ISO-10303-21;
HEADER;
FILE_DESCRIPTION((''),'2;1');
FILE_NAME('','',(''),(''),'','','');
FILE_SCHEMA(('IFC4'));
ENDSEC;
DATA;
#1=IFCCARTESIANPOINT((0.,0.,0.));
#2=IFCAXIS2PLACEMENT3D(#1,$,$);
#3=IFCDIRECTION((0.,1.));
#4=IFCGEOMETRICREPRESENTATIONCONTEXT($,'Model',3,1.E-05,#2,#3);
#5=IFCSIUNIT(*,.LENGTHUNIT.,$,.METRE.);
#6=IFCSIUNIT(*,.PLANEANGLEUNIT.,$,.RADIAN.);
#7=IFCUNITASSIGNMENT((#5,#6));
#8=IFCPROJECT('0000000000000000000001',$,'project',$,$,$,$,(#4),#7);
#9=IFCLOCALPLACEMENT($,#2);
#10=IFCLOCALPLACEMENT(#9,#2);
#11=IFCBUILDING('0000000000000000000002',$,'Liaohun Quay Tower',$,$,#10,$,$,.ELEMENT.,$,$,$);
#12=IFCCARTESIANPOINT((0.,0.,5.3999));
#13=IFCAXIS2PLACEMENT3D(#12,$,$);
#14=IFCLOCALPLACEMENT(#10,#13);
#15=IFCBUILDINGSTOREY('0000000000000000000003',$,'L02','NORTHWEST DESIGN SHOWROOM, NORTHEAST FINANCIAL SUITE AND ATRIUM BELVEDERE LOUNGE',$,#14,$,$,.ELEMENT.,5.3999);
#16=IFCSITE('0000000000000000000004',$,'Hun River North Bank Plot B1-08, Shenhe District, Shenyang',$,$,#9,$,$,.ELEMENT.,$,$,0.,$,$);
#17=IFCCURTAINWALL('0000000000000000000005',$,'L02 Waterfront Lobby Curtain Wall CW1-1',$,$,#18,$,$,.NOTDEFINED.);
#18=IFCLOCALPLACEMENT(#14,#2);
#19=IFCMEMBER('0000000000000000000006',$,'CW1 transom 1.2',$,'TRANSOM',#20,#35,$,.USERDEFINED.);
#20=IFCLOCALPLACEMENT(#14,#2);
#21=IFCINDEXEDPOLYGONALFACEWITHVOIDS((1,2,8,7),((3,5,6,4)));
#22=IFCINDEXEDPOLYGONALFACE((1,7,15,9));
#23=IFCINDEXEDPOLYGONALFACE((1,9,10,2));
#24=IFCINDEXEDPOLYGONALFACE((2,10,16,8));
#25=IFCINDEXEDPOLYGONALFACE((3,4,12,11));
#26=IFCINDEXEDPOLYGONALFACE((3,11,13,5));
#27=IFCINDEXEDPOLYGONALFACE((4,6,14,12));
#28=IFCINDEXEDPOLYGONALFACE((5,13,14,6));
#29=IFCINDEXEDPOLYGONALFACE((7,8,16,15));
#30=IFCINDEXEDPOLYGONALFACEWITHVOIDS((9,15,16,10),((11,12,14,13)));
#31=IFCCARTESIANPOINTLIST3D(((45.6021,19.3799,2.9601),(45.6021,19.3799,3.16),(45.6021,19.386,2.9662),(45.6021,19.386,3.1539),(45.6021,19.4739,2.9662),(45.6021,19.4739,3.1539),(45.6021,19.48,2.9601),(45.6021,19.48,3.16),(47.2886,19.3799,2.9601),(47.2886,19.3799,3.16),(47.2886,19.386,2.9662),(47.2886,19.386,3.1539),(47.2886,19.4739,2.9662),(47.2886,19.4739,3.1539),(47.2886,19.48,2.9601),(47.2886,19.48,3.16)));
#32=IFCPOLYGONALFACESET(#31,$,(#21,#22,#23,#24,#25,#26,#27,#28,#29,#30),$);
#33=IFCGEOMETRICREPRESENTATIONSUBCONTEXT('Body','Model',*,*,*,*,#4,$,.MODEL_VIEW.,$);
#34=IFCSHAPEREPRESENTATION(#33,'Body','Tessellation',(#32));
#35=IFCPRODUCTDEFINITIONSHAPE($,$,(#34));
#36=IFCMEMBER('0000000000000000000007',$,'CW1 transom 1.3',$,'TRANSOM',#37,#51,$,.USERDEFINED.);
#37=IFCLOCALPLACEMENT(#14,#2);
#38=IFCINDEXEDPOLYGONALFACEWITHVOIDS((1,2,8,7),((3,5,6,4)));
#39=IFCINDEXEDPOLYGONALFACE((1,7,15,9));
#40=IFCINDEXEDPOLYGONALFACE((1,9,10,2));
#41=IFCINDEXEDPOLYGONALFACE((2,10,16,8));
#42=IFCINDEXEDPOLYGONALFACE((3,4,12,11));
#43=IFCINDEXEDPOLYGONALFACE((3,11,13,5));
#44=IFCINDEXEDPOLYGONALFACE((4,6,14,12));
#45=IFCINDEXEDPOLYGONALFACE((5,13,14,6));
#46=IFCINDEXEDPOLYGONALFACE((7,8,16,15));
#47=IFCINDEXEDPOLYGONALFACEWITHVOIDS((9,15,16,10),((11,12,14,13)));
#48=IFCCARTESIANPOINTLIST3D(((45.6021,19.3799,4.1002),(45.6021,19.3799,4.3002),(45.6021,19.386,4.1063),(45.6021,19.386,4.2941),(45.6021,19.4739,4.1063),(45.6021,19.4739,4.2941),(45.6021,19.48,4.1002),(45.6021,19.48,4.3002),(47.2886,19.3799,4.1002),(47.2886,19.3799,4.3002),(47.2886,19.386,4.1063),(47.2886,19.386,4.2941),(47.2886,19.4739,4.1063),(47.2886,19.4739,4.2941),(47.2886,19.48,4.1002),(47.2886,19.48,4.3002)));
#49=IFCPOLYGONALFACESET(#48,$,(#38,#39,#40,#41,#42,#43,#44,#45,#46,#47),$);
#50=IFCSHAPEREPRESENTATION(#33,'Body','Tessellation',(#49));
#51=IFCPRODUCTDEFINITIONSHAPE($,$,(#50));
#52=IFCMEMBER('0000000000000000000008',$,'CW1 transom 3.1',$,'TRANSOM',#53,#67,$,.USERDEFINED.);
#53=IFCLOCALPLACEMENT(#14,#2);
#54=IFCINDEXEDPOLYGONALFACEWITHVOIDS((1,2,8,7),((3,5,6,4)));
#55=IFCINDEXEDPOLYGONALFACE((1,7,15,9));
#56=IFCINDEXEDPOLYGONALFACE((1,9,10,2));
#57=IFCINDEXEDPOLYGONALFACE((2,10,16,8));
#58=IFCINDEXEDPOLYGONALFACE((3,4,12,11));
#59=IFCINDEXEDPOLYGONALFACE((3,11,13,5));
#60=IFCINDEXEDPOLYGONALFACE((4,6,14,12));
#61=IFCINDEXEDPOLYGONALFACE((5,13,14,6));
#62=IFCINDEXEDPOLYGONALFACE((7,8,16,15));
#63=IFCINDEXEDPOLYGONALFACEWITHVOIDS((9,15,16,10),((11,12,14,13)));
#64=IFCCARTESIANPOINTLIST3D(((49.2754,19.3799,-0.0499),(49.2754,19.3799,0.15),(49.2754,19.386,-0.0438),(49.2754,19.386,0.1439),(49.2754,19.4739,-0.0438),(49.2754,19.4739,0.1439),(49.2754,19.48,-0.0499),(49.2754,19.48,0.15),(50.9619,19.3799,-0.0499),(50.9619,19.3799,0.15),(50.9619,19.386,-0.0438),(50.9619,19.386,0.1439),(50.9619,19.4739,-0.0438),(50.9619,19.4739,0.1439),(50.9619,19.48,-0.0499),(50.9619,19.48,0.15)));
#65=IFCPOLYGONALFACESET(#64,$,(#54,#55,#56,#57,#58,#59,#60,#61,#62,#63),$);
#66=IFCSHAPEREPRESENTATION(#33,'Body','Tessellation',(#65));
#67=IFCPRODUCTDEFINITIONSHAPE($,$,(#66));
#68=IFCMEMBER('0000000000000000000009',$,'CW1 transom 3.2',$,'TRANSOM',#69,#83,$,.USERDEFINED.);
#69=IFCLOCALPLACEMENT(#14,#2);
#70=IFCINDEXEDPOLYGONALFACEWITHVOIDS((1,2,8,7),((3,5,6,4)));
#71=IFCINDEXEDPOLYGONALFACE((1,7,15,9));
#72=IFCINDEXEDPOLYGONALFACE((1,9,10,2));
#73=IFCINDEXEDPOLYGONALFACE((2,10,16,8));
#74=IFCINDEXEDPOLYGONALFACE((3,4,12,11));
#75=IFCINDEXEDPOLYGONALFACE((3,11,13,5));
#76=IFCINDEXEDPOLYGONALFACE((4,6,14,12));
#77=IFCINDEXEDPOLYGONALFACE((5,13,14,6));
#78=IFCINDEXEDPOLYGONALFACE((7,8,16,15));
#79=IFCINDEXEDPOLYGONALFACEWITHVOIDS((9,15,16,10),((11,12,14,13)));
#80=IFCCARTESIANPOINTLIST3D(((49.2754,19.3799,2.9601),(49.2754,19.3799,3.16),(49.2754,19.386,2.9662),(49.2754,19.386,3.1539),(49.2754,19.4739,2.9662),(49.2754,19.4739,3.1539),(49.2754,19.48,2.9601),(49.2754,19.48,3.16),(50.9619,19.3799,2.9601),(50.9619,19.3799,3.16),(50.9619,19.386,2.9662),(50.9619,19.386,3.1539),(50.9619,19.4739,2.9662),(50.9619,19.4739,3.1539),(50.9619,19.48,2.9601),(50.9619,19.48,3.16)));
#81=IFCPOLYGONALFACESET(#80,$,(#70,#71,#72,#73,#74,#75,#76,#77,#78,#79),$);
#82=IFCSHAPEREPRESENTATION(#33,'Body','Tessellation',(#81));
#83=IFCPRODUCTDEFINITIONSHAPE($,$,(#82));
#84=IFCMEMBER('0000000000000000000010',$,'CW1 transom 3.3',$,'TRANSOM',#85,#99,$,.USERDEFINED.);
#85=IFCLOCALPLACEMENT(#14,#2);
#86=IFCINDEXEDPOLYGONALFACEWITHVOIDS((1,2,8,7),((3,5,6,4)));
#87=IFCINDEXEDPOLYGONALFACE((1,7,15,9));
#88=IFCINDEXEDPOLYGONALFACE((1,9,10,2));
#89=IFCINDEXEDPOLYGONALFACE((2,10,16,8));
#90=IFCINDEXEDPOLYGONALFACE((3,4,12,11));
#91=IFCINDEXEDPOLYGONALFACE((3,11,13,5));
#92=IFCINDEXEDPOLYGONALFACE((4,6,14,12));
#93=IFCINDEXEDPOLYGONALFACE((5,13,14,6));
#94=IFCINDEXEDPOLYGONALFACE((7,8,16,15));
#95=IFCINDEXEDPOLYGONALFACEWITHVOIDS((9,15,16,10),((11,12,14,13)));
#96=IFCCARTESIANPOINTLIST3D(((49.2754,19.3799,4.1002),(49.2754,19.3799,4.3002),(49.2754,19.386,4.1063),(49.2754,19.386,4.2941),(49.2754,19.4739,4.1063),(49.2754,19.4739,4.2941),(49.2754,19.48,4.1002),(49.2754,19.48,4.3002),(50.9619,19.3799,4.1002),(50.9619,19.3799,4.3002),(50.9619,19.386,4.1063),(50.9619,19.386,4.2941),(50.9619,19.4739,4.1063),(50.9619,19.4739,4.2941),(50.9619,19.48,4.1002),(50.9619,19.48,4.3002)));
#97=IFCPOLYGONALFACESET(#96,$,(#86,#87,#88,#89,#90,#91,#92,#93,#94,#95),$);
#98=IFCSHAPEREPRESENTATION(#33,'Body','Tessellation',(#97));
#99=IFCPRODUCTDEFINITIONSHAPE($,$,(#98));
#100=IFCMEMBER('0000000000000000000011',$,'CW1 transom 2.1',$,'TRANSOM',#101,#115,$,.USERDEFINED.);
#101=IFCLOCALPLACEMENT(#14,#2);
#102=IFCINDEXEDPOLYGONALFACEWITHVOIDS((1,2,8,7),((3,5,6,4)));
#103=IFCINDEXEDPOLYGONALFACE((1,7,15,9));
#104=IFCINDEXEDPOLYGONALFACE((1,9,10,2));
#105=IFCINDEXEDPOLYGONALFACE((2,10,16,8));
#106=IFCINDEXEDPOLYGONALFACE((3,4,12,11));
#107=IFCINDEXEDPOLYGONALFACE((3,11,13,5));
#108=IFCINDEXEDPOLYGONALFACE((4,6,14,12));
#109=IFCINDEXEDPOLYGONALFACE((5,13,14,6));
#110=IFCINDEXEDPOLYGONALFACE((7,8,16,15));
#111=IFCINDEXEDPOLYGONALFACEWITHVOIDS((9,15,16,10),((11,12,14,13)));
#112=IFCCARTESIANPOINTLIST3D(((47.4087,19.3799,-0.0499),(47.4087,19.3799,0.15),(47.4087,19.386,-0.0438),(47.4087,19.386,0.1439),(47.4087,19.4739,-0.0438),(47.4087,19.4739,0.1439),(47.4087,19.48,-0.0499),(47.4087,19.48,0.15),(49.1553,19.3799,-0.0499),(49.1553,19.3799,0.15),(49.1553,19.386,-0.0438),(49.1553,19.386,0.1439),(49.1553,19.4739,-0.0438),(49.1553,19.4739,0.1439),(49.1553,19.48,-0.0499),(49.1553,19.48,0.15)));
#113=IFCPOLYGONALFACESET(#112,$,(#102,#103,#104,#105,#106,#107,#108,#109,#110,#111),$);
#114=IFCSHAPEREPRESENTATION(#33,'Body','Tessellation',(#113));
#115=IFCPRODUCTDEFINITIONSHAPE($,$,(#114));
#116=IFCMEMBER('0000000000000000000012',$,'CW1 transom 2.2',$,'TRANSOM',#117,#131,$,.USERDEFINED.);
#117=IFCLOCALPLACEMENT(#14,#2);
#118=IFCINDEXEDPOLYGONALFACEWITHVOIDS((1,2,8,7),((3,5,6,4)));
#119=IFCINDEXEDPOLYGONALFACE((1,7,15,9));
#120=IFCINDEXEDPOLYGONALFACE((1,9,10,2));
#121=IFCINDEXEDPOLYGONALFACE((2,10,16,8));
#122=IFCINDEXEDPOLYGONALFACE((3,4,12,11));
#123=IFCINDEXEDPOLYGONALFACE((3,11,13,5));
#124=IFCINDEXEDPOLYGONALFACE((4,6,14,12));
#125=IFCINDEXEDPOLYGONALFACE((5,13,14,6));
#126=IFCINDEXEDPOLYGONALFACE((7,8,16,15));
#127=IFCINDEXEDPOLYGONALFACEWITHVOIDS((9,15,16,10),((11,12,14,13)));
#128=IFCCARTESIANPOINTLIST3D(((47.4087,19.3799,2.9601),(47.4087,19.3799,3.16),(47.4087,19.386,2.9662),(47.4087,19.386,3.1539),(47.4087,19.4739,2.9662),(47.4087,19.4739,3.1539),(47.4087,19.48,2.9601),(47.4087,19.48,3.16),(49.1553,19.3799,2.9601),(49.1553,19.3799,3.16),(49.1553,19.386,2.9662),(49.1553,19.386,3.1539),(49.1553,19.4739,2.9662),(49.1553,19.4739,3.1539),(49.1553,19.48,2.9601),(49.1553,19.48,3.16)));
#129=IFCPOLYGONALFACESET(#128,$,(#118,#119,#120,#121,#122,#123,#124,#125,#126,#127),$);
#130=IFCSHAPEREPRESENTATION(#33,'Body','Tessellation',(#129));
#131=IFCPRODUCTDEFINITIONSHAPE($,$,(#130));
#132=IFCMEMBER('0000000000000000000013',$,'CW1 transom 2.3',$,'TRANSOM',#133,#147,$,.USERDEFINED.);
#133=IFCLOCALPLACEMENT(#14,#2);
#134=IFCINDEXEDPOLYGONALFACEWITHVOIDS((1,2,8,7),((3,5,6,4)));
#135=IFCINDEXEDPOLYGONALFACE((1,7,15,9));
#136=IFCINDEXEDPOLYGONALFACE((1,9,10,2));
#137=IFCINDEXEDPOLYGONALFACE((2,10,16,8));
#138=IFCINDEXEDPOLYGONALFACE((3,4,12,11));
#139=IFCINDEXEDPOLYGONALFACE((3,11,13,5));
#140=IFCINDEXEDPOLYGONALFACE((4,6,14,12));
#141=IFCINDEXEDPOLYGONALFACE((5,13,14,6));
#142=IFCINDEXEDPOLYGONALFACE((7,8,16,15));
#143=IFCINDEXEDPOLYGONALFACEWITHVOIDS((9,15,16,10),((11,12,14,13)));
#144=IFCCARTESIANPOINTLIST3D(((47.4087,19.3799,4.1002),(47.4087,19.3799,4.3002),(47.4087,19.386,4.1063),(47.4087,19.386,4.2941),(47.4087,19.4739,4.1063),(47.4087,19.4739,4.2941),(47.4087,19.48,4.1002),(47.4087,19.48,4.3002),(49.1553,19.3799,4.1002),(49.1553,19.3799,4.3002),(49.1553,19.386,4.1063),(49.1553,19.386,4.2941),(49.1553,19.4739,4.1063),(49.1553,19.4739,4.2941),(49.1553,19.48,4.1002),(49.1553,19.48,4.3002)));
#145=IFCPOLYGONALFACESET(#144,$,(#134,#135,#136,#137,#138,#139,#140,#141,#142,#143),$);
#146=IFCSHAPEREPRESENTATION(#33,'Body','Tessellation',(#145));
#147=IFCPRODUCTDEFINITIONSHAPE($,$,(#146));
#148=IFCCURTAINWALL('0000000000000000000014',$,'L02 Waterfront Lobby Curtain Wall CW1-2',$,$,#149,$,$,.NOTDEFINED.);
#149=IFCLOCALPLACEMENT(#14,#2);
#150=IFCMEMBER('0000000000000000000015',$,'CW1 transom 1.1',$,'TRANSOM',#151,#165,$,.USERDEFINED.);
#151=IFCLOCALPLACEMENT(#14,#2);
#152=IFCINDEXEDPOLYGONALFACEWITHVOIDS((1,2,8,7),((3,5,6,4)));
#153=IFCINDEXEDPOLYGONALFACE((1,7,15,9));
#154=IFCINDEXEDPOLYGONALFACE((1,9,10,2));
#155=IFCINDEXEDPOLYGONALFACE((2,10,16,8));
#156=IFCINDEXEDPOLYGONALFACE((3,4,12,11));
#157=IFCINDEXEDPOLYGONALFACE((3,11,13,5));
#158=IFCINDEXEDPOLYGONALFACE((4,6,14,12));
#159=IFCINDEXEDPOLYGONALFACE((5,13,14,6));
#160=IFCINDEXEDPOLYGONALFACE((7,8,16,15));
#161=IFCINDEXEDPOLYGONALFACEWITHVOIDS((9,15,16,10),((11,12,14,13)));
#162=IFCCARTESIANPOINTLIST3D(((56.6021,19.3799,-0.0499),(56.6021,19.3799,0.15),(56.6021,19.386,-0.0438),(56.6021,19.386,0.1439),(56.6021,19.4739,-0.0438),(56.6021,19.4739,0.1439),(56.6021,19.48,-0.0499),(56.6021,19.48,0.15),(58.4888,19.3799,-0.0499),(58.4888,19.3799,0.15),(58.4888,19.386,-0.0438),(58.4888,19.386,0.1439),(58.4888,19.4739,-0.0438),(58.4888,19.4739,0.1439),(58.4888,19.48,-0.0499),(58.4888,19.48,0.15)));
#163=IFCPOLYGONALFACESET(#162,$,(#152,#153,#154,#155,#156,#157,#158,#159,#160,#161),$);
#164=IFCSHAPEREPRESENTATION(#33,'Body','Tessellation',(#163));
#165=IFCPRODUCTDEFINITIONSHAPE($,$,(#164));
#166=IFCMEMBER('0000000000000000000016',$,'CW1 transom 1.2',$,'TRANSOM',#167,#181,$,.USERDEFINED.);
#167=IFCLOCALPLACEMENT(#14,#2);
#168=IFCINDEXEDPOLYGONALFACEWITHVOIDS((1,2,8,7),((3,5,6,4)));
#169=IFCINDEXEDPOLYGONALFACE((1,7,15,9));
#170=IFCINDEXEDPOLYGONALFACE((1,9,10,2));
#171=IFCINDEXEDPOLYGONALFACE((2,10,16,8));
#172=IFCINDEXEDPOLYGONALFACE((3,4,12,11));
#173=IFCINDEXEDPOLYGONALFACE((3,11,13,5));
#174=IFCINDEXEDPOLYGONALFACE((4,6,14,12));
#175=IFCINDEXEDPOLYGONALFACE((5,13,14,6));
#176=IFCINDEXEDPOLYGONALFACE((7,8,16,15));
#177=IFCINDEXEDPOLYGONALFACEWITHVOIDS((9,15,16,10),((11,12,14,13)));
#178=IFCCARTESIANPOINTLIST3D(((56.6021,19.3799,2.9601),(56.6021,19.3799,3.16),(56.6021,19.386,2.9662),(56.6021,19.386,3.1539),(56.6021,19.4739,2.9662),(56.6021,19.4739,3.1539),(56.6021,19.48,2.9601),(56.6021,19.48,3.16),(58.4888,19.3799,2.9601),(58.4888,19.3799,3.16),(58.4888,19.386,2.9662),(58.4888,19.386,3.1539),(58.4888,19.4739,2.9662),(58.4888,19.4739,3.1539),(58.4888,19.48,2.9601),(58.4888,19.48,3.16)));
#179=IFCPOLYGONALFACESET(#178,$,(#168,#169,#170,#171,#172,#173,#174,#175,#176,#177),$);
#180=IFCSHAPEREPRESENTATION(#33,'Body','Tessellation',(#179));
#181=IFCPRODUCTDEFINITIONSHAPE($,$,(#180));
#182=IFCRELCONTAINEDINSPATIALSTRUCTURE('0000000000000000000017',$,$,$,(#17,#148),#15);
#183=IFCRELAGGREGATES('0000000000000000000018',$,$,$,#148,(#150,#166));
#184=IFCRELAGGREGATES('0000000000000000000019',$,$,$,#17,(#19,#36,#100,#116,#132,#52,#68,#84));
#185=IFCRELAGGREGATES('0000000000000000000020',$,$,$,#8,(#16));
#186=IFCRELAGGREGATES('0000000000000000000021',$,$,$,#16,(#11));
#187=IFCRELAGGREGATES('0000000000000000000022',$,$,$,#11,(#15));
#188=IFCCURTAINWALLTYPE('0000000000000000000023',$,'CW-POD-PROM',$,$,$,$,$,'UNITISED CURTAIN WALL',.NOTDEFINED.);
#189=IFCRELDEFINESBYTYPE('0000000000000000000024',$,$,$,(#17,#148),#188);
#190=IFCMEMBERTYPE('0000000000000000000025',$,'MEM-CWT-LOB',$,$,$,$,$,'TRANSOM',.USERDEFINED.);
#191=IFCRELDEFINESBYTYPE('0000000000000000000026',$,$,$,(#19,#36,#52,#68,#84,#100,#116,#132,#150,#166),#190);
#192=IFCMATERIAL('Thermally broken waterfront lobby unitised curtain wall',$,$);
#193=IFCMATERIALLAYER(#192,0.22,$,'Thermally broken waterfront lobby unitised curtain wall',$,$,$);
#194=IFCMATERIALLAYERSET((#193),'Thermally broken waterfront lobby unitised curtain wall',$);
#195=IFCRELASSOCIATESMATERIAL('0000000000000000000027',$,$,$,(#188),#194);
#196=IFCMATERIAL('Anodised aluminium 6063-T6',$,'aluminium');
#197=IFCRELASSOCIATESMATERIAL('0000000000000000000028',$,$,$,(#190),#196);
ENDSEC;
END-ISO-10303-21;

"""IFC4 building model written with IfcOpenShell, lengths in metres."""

from ifc_helpers import new_model, si_unit, direction, frame, origin, origin_2d, place, context, subcontext, project, spatial, hollow_rectangle, extrude, source, transform, mapped, material, layer, layer_set, material_profile, profile_set, type_object, element, aggregate, save


model = new_model("IFC4")

# Units and contexts
model_context = context("Model", 3, precision=1e-05, world=origin(), true_north=direction((0.0, 1.0)))
body_context = subcontext(model_context, "Body", "Model", "MODEL_VIEW")
ifc_project = project(units=[si_unit("LENGTHUNIT", "METRE"), si_unit("PLANEANGLEUNIT", "RADIAN")], contexts=[model_context])

# Site, building, storey
site_placement = place(None, origin())
site = spatial("IfcSite", under=ifc_project, at=site_placement, Name="Hun River North Bank Plot B1-08, Shenhe District, Shenyang", CompositionType="ELEMENT", RefElevation=0.0)
building_placement = place(site_placement, origin())
building = spatial("IfcBuilding", under=site, at=building_placement, Name="Liaohun Quay Tower", CompositionType="ELEMENT")
storey_placement = place(building_placement, frame((0.0, 0.0, 5.3999)))
storey = spatial("IfcBuildingStorey", under=building, at=storey_placement, Name="L02", Description="NORTHWEST DESIGN SHOWROOM, NORTHEAST FINANCIAL SUITE AND ATRIUM BELVEDERE LOUNGE", CompositionType="ELEMENT", Elevation=5.3999)

# Curtain walls, members
ifc_material_1 = material(Name="Thermally broken waterfront lobby unitised curtain wall")
ifc_layer_1 = layer(ifc_material_1, 0.22, Name="Thermally broken waterfront lobby unitised curtain wall")
ifc_layer_set_1 = layer_set([ifc_layer_1], Name="Thermally broken waterfront lobby unitised curtain wall")
curtain_wall_type = type_object("IfcCurtainWallType", Name="CW-POD-PROM", ElementType="UNITISED CURTAIN WALL", PredefinedType="NOTDEFINED", material=ifc_layer_set_1)
curtain_wall_1_placement = place(storey_placement, origin())
curtain_wall_1 = element("IfcCurtainWall", 1, at=curtain_wall_1_placement, inside=storey, type_object=curtain_wall_type, Name="L02 Waterfront Lobby Curtain Wall CW1-1", PredefinedType="NOTDEFINED")
ifc_material_2 = material(Name="Anodised aluminium 6063-T6", Category="aluminium")
ifc_material_profile_1 = material_profile(ifc_material_2, hollow_rectangle(XDim=0.1001, YDim=0.2, WallThickness=0.0061, at=origin_2d()), Name="RHS200x100x6")
ifc_profile_set_1 = profile_set([ifc_material_profile_1], Name="Anodised aluminium 6063-T6")
member_type_1 = type_object("IfcMemberType", Name="MEM-CWT-LOB", ElementType="TRANSOM", PredefinedType="USERDEFINED", material=ifc_profile_set_1)
shared_shape_1 = source(origin(), body_context, "Body", "SweptSolid", [
    extrude(hollow_rectangle(XDim=0.1001, YDim=0.2, WallThickness=0.0061, at=origin_2d()), origin(), (0.0, 0.0, 1.0), 1.6865),
])
member_1_placement = place(storey_placement, frame((45.6021, 19.4299, 3.0601), z_axis=(1.0, 0.0, 0.0), x_axis=(0.0, 1.0, 0.0)))
member_1 = element("IfcMember", 2, at=member_1_placement, type_object=member_type_1, Name="CW1 transom 1.2", ObjectType="TRANSOM", PredefinedType="USERDEFINED", context=body_context, shape_type="MappedRepresentation", body=[
    mapped(shared_shape_1, transform((0.0, 0.0, 0.0), x_axis=(1.0, 0.0, 0.0), y_axis=(0.0, 1.0, 0.0), z_axis=(0.0, 0.0, 1.0), scale=1.0)),
])
member_2_placement = place(storey_placement, frame((45.6021, 19.4299, 4.2002), z_axis=(1.0, 0.0, 0.0), x_axis=(0.0, 1.0, 0.0)))
member_2 = element("IfcMember", 3, at=member_2_placement, type_object=member_type_1, Name="CW1 transom 1.3", ObjectType="TRANSOM", PredefinedType="USERDEFINED", context=body_context, shape_type="MappedRepresentation", body=[
    mapped(shared_shape_1, transform((0.0, 0.0, 0.0), x_axis=(1.0, 0.0, 0.0), y_axis=(0.0, 1.0, 0.0), z_axis=(0.0, 0.0, 1.0), scale=1.0)),
])
member_3_placement = place(storey_placement, frame((49.2754, 19.4299, 0.05), z_axis=(1.0, 0.0, 0.0), x_axis=(0.0, 1.0, 0.0)))
member_3 = element("IfcMember", 4, at=member_3_placement, type_object=member_type_1, Name="CW1 transom 3.1", ObjectType="TRANSOM", PredefinedType="USERDEFINED", context=body_context, shape_type="MappedRepresentation", body=[
    mapped(shared_shape_1, transform((0.0, 0.0, 0.0), x_axis=(1.0, 0.0, 0.0), y_axis=(0.0, 1.0, 0.0), z_axis=(0.0, 0.0, 1.0), scale=1.0)),
])
member_4_placement = place(storey_placement, frame((49.2754, 19.4299, 3.0601), z_axis=(1.0, 0.0, 0.0), x_axis=(0.0, 1.0, 0.0)))
member_4 = element("IfcMember", 5, at=member_4_placement, type_object=member_type_1, Name="CW1 transom 3.2", ObjectType="TRANSOM", PredefinedType="USERDEFINED", context=body_context, shape_type="MappedRepresentation", body=[
    mapped(shared_shape_1, transform((0.0, 0.0, 0.0), x_axis=(1.0, 0.0, 0.0), y_axis=(0.0, 1.0, 0.0), z_axis=(0.0, 0.0, 1.0), scale=1.0)),
])
member_5_placement = place(storey_placement, frame((49.2754, 19.4299, 4.2002), z_axis=(1.0, 0.0, 0.0), x_axis=(0.0, 1.0, 0.0)))
member_5 = element("IfcMember", 6, at=member_5_placement, type_object=member_type_1, Name="CW1 transom 3.3", ObjectType="TRANSOM", PredefinedType="USERDEFINED", context=body_context, shape_type="MappedRepresentation", body=[
    mapped(shared_shape_1, transform((0.0, 0.0, 0.0), x_axis=(1.0, 0.0, 0.0), y_axis=(0.0, 1.0, 0.0), z_axis=(0.0, 0.0, 1.0), scale=1.0)),
])
shared_shape_2 = source(origin(), body_context, "Body", "SweptSolid", [
    extrude(hollow_rectangle(XDim=0.1001, YDim=0.2, WallThickness=0.0061, at=origin_2d()), origin(), (0.0, 0.0, 1.0), 1.7466),
])
member_6_placement = place(storey_placement, frame((47.4087, 19.4299, 0.05), z_axis=(1.0, 0.0, 0.0), x_axis=(0.0, 1.0, 0.0)))
member_6 = element("IfcMember", 7, at=member_6_placement, type_object=member_type_1, Name="CW1 transom 2.1", ObjectType="TRANSOM", PredefinedType="USERDEFINED", context=body_context, shape_type="MappedRepresentation", body=[
    mapped(shared_shape_2, transform((0.0, 0.0, 0.0), x_axis=(1.0, 0.0, 0.0), y_axis=(0.0, 1.0, 0.0), z_axis=(0.0, 0.0, 1.0), scale=1.0)),
])
member_7_placement = place(storey_placement, frame((47.4087, 19.4299, 3.0601), z_axis=(1.0, 0.0, 0.0), x_axis=(0.0, 1.0, 0.0)))
member_7 = element("IfcMember", 8, at=member_7_placement, type_object=member_type_1, Name="CW1 transom 2.2", ObjectType="TRANSOM", PredefinedType="USERDEFINED", context=body_context, shape_type="MappedRepresentation", body=[
    mapped(shared_shape_2, transform((0.0, 0.0, 0.0), x_axis=(1.0, 0.0, 0.0), y_axis=(0.0, 1.0, 0.0), z_axis=(0.0, 0.0, 1.0), scale=1.0)),
])
member_8_placement = place(storey_placement, frame((47.4087, 19.4299, 4.2002), z_axis=(1.0, 0.0, 0.0), x_axis=(0.0, 1.0, 0.0)))
member_8 = element("IfcMember", 9, at=member_8_placement, type_object=member_type_1, Name="CW1 transom 2.3", ObjectType="TRANSOM", PredefinedType="USERDEFINED", context=body_context, shape_type="MappedRepresentation", body=[
    mapped(shared_shape_2, transform((0.0, 0.0, 0.0), x_axis=(1.0, 0.0, 0.0), y_axis=(0.0, 1.0, 0.0), z_axis=(0.0, 0.0, 1.0), scale=1.0)),
])
curtain_wall_2_placement = place(storey_placement, origin())
curtain_wall_2 = element("IfcCurtainWall", 10, at=curtain_wall_2_placement, inside=storey, type_object=curtain_wall_type, Name="L02 Waterfront Lobby Curtain Wall CW1-2", PredefinedType="NOTDEFINED")
shared_shape_3 = source(origin(), body_context, "Body", "SweptSolid", [
    extrude(hollow_rectangle(XDim=0.1001, YDim=0.2, WallThickness=0.0061, at=origin_2d()), origin(), (0.0, 0.0, 1.0), 1.8867),
])
member_9_placement = place(storey_placement, frame((56.6021, 19.4299, 0.05), z_axis=(1.0, 0.0, 0.0), x_axis=(0.0, 1.0, 0.0)))
member_9 = element("IfcMember", 11, at=member_9_placement, type_object=member_type_1, Name="CW1 transom 1.1", ObjectType="TRANSOM", PredefinedType="USERDEFINED", context=body_context, shape_type="MappedRepresentation", body=[
    mapped(shared_shape_3, transform((0.0, 0.0, 0.0), x_axis=(1.0, 0.0, 0.0), y_axis=(0.0, 1.0, 0.0), z_axis=(0.0, 0.0, 1.0), scale=1.0)),
])
member_10_placement = place(storey_placement, frame((56.6021, 19.4299, 3.0601), z_axis=(1.0, 0.0, 0.0), x_axis=(0.0, 1.0, 0.0)))
member_10 = element("IfcMember", 12, at=member_10_placement, type_object=member_type_1, Name="CW1 transom 1.2", ObjectType="TRANSOM", PredefinedType="USERDEFINED", context=body_context, shape_type="MappedRepresentation", body=[
    mapped(shared_shape_3, transform((0.0, 0.0, 0.0), x_axis=(1.0, 0.0, 0.0), y_axis=(0.0, 1.0, 0.0), z_axis=(0.0, 0.0, 1.0), scale=1.0)),
])

aggregate(curtain_wall_2, [member_9, member_10])

aggregate(curtain_wall_1, [member_1, member_2, member_6, member_7, member_8, member_3, member_4, member_5])

save(model, "model.ifc")
